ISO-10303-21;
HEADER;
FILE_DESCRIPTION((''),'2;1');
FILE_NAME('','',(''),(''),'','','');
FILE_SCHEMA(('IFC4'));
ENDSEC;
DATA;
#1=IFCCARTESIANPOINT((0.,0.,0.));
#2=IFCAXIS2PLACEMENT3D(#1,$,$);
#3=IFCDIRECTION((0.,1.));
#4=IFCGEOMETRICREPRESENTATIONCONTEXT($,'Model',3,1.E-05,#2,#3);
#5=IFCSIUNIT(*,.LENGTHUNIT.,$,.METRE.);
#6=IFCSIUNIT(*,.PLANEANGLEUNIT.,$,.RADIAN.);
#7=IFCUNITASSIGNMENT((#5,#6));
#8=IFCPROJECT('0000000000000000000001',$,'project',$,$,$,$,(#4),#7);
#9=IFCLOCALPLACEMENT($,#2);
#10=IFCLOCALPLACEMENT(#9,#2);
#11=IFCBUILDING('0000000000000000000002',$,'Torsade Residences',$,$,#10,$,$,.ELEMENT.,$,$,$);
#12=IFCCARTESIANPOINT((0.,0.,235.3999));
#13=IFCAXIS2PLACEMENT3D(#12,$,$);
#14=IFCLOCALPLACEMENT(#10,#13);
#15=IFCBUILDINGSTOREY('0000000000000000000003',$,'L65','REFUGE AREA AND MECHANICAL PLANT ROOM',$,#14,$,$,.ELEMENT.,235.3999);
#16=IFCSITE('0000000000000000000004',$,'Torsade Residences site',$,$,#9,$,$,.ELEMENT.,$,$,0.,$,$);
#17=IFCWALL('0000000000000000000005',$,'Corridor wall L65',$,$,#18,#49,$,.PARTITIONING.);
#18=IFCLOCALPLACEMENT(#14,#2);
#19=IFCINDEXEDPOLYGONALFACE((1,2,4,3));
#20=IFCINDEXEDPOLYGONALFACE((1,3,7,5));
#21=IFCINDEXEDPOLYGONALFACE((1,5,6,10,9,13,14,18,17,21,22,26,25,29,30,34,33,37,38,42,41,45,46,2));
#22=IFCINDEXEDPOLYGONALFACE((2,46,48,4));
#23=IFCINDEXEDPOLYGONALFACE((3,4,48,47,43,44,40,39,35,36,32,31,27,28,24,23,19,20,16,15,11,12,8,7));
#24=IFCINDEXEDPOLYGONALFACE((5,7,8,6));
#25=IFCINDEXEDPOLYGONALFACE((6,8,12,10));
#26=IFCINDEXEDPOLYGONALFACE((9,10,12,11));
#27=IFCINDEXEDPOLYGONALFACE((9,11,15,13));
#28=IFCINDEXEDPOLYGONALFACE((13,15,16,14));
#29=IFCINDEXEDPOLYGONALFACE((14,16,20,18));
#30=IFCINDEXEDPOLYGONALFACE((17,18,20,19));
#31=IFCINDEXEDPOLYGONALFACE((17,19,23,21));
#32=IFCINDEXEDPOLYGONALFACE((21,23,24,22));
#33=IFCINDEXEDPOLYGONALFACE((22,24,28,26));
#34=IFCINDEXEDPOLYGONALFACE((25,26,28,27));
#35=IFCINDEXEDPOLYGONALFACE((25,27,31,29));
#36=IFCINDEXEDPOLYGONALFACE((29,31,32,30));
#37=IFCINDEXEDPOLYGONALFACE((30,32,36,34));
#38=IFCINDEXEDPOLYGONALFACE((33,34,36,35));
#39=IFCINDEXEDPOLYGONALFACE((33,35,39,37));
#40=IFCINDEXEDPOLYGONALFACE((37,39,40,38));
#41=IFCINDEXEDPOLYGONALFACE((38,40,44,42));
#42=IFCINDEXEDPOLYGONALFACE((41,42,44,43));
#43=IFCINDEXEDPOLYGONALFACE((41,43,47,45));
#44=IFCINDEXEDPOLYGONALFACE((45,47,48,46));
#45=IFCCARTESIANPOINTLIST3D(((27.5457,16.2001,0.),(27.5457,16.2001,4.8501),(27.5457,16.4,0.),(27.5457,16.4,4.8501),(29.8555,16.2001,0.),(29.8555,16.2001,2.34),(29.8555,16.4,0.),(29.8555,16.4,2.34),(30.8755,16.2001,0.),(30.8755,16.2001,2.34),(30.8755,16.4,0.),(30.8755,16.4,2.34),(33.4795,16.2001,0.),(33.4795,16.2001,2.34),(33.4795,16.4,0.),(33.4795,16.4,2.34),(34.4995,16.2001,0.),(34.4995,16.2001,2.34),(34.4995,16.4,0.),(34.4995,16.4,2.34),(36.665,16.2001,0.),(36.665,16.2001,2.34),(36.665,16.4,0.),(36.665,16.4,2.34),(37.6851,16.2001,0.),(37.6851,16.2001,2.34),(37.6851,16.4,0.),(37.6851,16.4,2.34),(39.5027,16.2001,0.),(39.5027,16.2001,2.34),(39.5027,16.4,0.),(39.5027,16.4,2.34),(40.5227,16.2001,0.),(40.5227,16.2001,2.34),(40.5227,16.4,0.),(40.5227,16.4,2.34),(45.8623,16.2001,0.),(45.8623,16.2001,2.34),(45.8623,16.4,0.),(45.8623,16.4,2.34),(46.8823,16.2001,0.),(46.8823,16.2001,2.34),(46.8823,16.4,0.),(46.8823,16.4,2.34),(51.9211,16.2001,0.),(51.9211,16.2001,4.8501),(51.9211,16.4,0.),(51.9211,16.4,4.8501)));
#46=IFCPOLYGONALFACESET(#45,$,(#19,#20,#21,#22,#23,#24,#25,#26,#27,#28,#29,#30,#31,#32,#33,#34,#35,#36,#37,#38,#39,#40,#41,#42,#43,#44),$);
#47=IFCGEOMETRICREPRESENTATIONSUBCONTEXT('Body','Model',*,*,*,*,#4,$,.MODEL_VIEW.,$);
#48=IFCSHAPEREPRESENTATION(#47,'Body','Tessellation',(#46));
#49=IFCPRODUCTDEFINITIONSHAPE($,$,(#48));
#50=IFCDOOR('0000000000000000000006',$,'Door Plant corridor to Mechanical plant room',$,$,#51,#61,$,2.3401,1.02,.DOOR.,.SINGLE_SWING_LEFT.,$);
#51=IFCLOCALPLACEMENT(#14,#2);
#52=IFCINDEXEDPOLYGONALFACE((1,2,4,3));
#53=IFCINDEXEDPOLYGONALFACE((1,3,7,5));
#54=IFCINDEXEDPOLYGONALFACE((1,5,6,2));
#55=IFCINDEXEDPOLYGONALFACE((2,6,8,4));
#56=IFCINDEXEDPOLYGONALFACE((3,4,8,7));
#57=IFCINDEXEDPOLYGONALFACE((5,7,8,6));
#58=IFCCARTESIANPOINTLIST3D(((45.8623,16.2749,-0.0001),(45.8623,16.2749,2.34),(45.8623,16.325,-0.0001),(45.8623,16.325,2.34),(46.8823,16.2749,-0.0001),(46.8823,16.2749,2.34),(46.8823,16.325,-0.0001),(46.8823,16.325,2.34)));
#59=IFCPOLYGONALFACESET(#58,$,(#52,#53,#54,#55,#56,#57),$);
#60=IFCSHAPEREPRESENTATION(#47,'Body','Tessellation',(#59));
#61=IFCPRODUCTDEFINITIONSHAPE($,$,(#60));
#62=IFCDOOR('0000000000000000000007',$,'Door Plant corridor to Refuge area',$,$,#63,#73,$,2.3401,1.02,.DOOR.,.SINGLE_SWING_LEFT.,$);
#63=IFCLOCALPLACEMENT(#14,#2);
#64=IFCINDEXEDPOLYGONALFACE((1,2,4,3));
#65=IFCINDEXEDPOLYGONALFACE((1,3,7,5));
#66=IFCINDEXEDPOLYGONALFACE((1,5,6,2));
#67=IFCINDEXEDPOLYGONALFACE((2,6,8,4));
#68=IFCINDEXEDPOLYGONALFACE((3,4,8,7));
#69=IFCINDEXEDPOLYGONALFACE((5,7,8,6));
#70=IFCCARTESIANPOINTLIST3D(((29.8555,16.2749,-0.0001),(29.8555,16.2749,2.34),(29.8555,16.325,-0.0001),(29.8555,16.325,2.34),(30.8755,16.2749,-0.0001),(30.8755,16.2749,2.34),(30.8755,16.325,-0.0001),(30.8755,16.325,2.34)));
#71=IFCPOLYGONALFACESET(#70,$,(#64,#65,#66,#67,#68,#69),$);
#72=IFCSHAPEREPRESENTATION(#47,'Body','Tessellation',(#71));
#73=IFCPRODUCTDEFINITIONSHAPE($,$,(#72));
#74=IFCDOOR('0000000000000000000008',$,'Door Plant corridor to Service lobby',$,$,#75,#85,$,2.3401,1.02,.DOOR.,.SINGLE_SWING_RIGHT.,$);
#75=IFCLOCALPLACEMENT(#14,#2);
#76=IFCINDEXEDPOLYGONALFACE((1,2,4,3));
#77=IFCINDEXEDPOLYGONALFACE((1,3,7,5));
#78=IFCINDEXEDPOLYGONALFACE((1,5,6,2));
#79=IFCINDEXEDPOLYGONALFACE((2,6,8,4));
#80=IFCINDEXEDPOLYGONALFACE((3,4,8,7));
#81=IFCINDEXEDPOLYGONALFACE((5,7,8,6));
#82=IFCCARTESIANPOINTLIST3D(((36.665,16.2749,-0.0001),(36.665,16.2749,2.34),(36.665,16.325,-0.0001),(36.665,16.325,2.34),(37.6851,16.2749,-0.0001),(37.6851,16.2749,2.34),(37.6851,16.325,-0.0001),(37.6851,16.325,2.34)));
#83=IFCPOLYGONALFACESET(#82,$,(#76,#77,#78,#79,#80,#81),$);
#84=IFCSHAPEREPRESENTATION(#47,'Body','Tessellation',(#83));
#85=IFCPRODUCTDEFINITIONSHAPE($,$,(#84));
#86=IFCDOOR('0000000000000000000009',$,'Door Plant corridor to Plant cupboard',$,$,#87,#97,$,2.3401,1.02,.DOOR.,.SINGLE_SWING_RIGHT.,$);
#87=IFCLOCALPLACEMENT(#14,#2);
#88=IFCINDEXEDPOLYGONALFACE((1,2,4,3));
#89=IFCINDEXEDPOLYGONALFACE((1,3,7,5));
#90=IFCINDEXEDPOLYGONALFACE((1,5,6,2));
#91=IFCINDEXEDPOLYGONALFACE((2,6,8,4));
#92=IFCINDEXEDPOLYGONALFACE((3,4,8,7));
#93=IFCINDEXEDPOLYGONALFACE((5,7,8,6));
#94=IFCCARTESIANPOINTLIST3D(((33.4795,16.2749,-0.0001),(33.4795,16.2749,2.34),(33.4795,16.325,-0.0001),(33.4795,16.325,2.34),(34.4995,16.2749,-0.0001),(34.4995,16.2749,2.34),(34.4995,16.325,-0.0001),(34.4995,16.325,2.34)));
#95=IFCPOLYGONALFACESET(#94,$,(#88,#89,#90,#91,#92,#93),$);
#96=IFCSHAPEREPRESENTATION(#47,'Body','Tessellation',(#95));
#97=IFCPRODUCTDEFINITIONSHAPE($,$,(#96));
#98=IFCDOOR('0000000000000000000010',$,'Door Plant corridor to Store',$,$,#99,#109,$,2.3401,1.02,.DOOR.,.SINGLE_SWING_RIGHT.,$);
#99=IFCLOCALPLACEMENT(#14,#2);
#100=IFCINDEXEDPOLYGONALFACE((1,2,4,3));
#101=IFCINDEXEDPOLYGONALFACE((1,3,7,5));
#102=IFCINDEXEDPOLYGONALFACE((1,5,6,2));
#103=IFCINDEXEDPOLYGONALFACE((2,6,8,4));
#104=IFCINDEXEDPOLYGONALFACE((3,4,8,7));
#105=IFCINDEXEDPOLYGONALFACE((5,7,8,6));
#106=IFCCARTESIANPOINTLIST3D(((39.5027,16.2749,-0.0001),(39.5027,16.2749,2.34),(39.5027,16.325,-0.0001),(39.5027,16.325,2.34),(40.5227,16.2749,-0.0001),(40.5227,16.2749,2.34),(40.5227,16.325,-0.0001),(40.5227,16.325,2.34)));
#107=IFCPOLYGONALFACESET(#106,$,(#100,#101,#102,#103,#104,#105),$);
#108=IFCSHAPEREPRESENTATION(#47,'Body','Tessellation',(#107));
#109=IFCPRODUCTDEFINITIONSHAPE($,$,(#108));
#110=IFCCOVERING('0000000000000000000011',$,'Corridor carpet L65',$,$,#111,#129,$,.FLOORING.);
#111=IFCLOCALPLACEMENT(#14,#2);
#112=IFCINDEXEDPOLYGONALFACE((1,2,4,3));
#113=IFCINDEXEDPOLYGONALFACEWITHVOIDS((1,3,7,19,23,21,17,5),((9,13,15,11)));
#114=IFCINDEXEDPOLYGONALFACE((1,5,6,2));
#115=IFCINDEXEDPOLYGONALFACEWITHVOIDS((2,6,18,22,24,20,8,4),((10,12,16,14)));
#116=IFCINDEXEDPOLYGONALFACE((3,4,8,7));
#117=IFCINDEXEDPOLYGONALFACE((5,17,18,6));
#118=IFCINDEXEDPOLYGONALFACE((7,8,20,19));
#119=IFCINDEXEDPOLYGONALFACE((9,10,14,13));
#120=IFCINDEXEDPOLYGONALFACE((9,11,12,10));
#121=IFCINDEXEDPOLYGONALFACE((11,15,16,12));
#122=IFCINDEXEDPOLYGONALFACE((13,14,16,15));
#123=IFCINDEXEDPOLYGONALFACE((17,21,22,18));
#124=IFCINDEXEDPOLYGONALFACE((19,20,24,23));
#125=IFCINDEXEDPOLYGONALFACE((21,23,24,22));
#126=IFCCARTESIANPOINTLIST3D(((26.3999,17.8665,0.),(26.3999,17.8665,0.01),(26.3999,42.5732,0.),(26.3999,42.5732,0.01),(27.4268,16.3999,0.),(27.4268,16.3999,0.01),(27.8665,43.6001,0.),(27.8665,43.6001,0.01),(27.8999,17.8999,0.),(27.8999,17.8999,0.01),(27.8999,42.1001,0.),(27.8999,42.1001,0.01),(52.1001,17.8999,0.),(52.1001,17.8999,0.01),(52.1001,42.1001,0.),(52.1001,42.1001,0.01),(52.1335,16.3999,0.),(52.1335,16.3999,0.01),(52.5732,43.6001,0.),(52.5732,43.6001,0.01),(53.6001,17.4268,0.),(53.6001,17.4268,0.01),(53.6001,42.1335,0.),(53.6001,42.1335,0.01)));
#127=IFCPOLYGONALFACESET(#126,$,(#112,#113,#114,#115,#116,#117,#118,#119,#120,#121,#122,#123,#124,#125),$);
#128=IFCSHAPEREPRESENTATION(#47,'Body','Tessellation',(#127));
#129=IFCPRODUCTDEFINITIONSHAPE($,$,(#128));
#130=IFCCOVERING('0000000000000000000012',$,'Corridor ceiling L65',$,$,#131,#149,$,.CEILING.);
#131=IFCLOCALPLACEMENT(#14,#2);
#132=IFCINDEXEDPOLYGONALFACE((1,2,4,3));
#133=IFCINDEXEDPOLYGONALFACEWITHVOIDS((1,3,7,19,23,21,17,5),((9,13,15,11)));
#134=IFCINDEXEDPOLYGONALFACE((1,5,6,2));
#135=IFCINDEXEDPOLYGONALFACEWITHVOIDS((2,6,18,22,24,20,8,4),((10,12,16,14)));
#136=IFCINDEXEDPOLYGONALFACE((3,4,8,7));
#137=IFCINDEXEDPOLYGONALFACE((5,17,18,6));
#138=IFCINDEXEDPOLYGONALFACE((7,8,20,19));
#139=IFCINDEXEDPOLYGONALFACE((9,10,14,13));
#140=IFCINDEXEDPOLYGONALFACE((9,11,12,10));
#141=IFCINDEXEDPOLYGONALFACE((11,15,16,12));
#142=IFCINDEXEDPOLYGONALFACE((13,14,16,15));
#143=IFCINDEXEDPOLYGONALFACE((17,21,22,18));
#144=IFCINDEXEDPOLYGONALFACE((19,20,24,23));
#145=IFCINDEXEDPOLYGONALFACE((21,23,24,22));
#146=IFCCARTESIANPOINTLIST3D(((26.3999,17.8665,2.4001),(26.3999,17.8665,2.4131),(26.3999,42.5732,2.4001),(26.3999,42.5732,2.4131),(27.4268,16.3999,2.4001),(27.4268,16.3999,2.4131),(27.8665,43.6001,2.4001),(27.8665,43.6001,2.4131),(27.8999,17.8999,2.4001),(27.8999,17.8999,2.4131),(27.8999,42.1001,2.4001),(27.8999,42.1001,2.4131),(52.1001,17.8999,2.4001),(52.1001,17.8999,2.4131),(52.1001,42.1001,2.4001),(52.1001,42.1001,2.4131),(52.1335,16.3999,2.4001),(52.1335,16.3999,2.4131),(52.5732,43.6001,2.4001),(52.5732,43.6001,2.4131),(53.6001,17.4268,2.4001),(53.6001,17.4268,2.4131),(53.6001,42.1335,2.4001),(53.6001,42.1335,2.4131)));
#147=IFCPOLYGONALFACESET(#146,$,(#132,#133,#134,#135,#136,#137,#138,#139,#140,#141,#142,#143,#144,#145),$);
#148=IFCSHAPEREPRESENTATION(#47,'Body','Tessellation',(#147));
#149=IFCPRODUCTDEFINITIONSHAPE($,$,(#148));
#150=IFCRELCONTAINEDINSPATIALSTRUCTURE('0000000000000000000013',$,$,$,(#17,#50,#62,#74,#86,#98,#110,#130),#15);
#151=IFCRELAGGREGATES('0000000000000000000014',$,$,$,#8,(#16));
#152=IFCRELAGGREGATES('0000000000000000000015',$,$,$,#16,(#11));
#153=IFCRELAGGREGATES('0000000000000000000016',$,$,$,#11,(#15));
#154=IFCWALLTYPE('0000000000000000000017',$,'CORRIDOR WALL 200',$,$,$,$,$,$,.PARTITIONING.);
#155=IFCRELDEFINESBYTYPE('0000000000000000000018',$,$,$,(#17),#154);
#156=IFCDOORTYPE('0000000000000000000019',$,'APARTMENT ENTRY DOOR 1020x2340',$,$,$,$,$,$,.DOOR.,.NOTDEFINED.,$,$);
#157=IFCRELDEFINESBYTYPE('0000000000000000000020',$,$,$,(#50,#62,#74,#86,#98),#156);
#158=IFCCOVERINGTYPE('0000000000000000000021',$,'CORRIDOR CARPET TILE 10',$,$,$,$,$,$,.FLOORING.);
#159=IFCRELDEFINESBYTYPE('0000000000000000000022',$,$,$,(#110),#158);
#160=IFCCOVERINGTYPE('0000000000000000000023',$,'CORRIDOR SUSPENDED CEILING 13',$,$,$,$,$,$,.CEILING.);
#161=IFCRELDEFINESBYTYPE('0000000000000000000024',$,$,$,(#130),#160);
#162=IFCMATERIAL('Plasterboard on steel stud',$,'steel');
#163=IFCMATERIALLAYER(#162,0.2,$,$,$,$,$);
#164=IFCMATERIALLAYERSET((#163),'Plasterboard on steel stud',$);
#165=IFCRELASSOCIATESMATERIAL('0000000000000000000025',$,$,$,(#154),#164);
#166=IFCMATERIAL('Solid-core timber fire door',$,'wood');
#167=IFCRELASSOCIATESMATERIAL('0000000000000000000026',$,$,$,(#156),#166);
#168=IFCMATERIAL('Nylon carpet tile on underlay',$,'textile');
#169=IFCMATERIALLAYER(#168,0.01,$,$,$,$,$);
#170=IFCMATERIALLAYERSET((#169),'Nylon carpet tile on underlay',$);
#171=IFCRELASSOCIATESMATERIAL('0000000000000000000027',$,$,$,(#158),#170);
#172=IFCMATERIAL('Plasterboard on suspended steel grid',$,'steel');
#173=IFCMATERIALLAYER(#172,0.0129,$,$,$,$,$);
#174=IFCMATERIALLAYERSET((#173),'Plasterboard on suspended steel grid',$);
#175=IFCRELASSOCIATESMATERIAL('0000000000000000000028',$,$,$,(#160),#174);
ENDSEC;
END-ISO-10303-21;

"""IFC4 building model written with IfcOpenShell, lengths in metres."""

from ifc_helpers import new_model, si_unit, direction, frame, frame_2d, origin, place, context, subcontext, project, spatial, polyline, rectangle, outline, extrude, material, layer, layer_set, type_object, element, fill, save


model = new_model("IFC4")

# Units and contexts
model_context = context("Model", 3, precision=1e-05, world=origin(), true_north=direction((0.0, 1.0)))
body_context = subcontext(model_context, "Body", "Model", "MODEL_VIEW")
ifc_project = project(units=[si_unit("LENGTHUNIT", "METRE"), si_unit("PLANEANGLEUNIT", "RADIAN")], contexts=[model_context])

# Site, building, storey
site_placement = place(None, origin())
site = spatial("IfcSite", under=ifc_project, at=site_placement, Name="Torsade Residences site", CompositionType="ELEMENT", RefElevation=0.0)
building_placement = place(site_placement, origin())
building = spatial("IfcBuilding", under=site, at=building_placement, Name="Torsade Residences", CompositionType="ELEMENT")
storey_placement = place(building_placement, frame((0.0, 0.0, 235.3999)))
storey = spatial("IfcBuildingStorey", under=building, at=storey_placement, Name="L65", Description="REFUGE AREA AND MECHANICAL PLANT ROOM", CompositionType="ELEMENT", Elevation=235.3999)

# Wall, openings, doors
ifc_material_1 = material(Name="Plasterboard on steel stud", Category="steel")
ifc_layer_1 = layer(ifc_material_1, 0.2)
ifc_layer_set_1 = layer_set([ifc_layer_1], Name="Plasterboard on steel stud")
wall_type = type_object("IfcWallType", Name="CORRIDOR WALL 200", PredefinedType="PARTITIONING", material=ifc_layer_set_1)
wall_placement = place(storey_placement, frame((27.5457, 16.3, 0.0), z_axis=(0.0, 0.0, 1.0), x_axis=(1.0, 0.0, 0.0)))
wall = element("IfcWall", 1, at=wall_placement, inside=storey, type_object=wall_type, Name="Corridor wall L65", PredefinedType="PARTITIONING", context=body_context, shape_type="SweptSolid", body=[
    extrude(rectangle(XDim=24.3755, YDim=0.2, at=frame_2d((12.1877, 0.0))), origin(), (0.0, 0.0, 1.0), 4.8501),
])
opening_1_placement = place(wall_placement, frame((18.3167, 0.0, 0.0)))
opening_1 = element("IfcOpeningElement", 2, at=opening_1_placement, cuts=wall, PredefinedType="OPENING", context=body_context, shape_type="SweptSolid", body=[
    extrude(rectangle(XDim=1.02, YDim=2.3401, at=frame_2d((0.51, 1.1699))), frame((0.0, 0.1099, 0.0), z_axis=(0.0, -1.0, 0.0), x_axis=(1.0, 0.0, 0.0)), (0.0, 0.0, 1.0), 0.22),
])
opening_2_placement = place(wall_placement, frame((2.3098, 0.0, 0.0)))
opening_2 = element("IfcOpeningElement", 3, at=opening_2_placement, cuts=wall, PredefinedType="OPENING", context=body_context, shape_type="SweptSolid", body=[
    extrude(rectangle(XDim=1.02, YDim=2.3401, at=frame_2d((0.51, 1.1699))), frame((0.0, 0.1099, 0.0), z_axis=(0.0, -1.0, 0.0), x_axis=(1.0, 0.0, 0.0)), (0.0, 0.0, 1.0), 0.22),
])
opening_3_placement = place(wall_placement, frame((9.1194, 0.0, 0.0)))
opening_3 = element("IfcOpeningElement", 4, at=opening_3_placement, cuts=wall, PredefinedType="OPENING", context=body_context, shape_type="SweptSolid", body=[
    extrude(rectangle(XDim=1.02, YDim=2.3401, at=frame_2d((0.51, 1.1699))), frame((0.0, 0.1099, 0.0), z_axis=(0.0, -1.0, 0.0), x_axis=(1.0, 0.0, 0.0)), (0.0, 0.0, 1.0), 0.22),
])
opening_4_placement = place(wall_placement, frame((5.9338, 0.0, 0.0)))
opening_4 = element("IfcOpeningElement", 5, at=opening_4_placement, cuts=wall, PredefinedType="OPENING", context=body_context, shape_type="SweptSolid", body=[
    extrude(rectangle(XDim=1.02, YDim=2.3401, at=frame_2d((0.51, 1.1699))), frame((0.0, 0.1099, 0.0), z_axis=(0.0, -1.0, 0.0), x_axis=(1.0, 0.0, 0.0)), (0.0, 0.0, 1.0), 0.22),
])
opening_5_placement = place(wall_placement, frame((11.957, 0.0, 0.0)))
opening_5 = element("IfcOpeningElement", 6, at=opening_5_placement, cuts=wall, PredefinedType="OPENING", context=body_context, shape_type="SweptSolid", body=[
    extrude(rectangle(XDim=1.02, YDim=2.3401, at=frame_2d((0.51, 1.1699))), frame((0.0, 0.1099, 0.0), z_axis=(0.0, -1.0, 0.0), x_axis=(1.0, 0.0, 0.0)), (0.0, 0.0, 1.0), 0.22),
])
ifc_material_2 = material(Name="Solid-core timber fire door", Category="wood")
door_type = type_object("IfcDoorType", Name="APARTMENT ENTRY DOOR 1020x2340", OperationType="NOTDEFINED", PredefinedType="DOOR", material=ifc_material_2)
door_1_placement = place(opening_1_placement, origin())
door_1 = element("IfcDoor", 7, at=door_1_placement, inside=storey, type_object=door_type, Name="Door Plant corridor to Mechanical plant room", OperationType="SINGLE_SWING_LEFT", OverallHeight=2.3401, OverallWidth=1.02, PredefinedType="DOOR", context=body_context, shape_type="SweptSolid", body=[
    extrude(rectangle(XDim=1.02, YDim=2.3401, at=frame_2d((0.51, 1.1699))), frame((0.0, 0.0249, 0.0), z_axis=(0.0, -1.0, 0.0), x_axis=(1.0, 0.0, 0.0)), (0.0, 0.0, 1.0), 0.05),
])
fill(opening_1, door_1)
door_2_placement = place(opening_2_placement, origin())
door_2 = element("IfcDoor", 8, at=door_2_placement, inside=storey, type_object=door_type, Name="Door Plant corridor to Refuge area", OperationType="SINGLE_SWING_LEFT", OverallHeight=2.3401, OverallWidth=1.02, PredefinedType="DOOR", context=body_context, shape_type="SweptSolid", body=[
    extrude(rectangle(XDim=1.02, YDim=2.3401, at=frame_2d((0.51, 1.1699))), frame((0.0, 0.0249, 0.0), z_axis=(0.0, -1.0, 0.0), x_axis=(1.0, 0.0, 0.0)), (0.0, 0.0, 1.0), 0.05),
])
fill(opening_2, door_2)
door_3_placement = place(opening_3_placement, origin())
door_3 = element("IfcDoor", 9, at=door_3_placement, inside=storey, type_object=door_type, Name="Door Plant corridor to Service lobby", OperationType="SINGLE_SWING_RIGHT", OverallHeight=2.3401, OverallWidth=1.02, PredefinedType="DOOR", context=body_context, shape_type="SweptSolid", body=[
    extrude(rectangle(XDim=1.02, YDim=2.3401, at=frame_2d((0.51, 1.1699))), frame((0.0, 0.0249, 0.0), z_axis=(0.0, -1.0, 0.0), x_axis=(1.0, 0.0, 0.0)), (0.0, 0.0, 1.0), 0.05),
])
fill(opening_3, door_3)
door_4_placement = place(opening_4_placement, origin())
door_4 = element("IfcDoor", 10, at=door_4_placement, inside=storey, type_object=door_type, Name="Door Plant corridor to Plant cupboard", OperationType="SINGLE_SWING_RIGHT", OverallHeight=2.3401, OverallWidth=1.02, PredefinedType="DOOR", context=body_context, shape_type="SweptSolid", body=[
    extrude(rectangle(XDim=1.02, YDim=2.3401, at=frame_2d((0.51, 1.1699))), frame((0.0, 0.0249, 0.0), z_axis=(0.0, -1.0, 0.0), x_axis=(1.0, 0.0, 0.0)), (0.0, 0.0, 1.0), 0.05),
])
fill(opening_4, door_4)
door_5_placement = place(opening_5_placement, origin())
door_5 = element("IfcDoor", 11, at=door_5_placement, inside=storey, type_object=door_type, Name="Door Plant corridor to Store", OperationType="SINGLE_SWING_RIGHT", OverallHeight=2.3401, OverallWidth=1.02, PredefinedType="DOOR", context=body_context, shape_type="SweptSolid", body=[
    extrude(rectangle(XDim=1.02, YDim=2.3401, at=frame_2d((0.51, 1.1699))), frame((0.0, 0.0249, 0.0), z_axis=(0.0, -1.0, 0.0), x_axis=(1.0, 0.0, 0.0)), (0.0, 0.0, 1.0), 0.05),
])
fill(opening_5, door_5)

# Coverings
ifc_material_3 = material(Name="Nylon carpet tile on underlay", Category="textile")
ifc_layer_2 = layer(ifc_material_3, 0.01)
ifc_layer_set_2 = layer_set([ifc_layer_2], Name="Nylon carpet tile on underlay")
covering_type_1 = type_object("IfcCoveringType", Name="CORRIDOR CARPET TILE 10", PredefinedType="FLOORING", material=ifc_layer_set_2)
covering_1_placement = place(storey_placement, origin())
element("IfcCovering", 12, at=covering_1_placement, inside=storey, type_object=covering_type_1, Name="Corridor carpet L65", PredefinedType="FLOORING", context=body_context, shape_type="SweptSolid", body=[
    extrude(outline(polyline([(26.3999, 17.8665), (27.4268, 16.3999), (52.1335, 16.3999), (53.6001, 17.4268), (53.6001, 42.1335), (52.5732, 43.6001), (27.8665, 43.6001), (26.3999, 42.5732), (26.3999, 17.8665)]), holes=[polyline([(27.8999, 42.1001), (27.8999, 17.8999), (52.1001, 17.8999), (52.1001, 42.1001), (27.8999, 42.1001)])]), origin(), (0.0, 0.0, 1.0), 0.01),
])
ifc_material_4 = material(Name="Plasterboard on suspended steel grid", Category="steel")
ifc_layer_3 = layer(ifc_material_4, 0.0129)
ifc_layer_set_3 = layer_set([ifc_layer_3], Name="Plasterboard on suspended steel grid")
covering_type_2 = type_object("IfcCoveringType", Name="CORRIDOR SUSPENDED CEILING 13", PredefinedType="CEILING", material=ifc_layer_set_3)
covering_2_placement = place(storey_placement, frame((0.0, 0.0, 2.4001)))
element("IfcCovering", 13, at=covering_2_placement, inside=storey, type_object=covering_type_2, Name="Corridor ceiling L65", PredefinedType="CEILING", context=body_context, shape_type="SweptSolid", body=[
    extrude(outline(polyline([(26.3999, 17.8665), (27.4268, 16.3999), (52.1335, 16.3999), (53.6001, 17.4268), (53.6001, 42.1335), (52.5732, 43.6001), (27.8665, 43.6001), (26.3999, 42.5732), (26.3999, 17.8665)]), holes=[polyline([(27.8999, 42.1001), (27.8999, 17.8999), (52.1001, 17.8999), (52.1001, 42.1001), (27.8999, 42.1001)])]), origin(), (0.0, 0.0, 1.0), 0.0129),
])

save(model, "model.ifc")
